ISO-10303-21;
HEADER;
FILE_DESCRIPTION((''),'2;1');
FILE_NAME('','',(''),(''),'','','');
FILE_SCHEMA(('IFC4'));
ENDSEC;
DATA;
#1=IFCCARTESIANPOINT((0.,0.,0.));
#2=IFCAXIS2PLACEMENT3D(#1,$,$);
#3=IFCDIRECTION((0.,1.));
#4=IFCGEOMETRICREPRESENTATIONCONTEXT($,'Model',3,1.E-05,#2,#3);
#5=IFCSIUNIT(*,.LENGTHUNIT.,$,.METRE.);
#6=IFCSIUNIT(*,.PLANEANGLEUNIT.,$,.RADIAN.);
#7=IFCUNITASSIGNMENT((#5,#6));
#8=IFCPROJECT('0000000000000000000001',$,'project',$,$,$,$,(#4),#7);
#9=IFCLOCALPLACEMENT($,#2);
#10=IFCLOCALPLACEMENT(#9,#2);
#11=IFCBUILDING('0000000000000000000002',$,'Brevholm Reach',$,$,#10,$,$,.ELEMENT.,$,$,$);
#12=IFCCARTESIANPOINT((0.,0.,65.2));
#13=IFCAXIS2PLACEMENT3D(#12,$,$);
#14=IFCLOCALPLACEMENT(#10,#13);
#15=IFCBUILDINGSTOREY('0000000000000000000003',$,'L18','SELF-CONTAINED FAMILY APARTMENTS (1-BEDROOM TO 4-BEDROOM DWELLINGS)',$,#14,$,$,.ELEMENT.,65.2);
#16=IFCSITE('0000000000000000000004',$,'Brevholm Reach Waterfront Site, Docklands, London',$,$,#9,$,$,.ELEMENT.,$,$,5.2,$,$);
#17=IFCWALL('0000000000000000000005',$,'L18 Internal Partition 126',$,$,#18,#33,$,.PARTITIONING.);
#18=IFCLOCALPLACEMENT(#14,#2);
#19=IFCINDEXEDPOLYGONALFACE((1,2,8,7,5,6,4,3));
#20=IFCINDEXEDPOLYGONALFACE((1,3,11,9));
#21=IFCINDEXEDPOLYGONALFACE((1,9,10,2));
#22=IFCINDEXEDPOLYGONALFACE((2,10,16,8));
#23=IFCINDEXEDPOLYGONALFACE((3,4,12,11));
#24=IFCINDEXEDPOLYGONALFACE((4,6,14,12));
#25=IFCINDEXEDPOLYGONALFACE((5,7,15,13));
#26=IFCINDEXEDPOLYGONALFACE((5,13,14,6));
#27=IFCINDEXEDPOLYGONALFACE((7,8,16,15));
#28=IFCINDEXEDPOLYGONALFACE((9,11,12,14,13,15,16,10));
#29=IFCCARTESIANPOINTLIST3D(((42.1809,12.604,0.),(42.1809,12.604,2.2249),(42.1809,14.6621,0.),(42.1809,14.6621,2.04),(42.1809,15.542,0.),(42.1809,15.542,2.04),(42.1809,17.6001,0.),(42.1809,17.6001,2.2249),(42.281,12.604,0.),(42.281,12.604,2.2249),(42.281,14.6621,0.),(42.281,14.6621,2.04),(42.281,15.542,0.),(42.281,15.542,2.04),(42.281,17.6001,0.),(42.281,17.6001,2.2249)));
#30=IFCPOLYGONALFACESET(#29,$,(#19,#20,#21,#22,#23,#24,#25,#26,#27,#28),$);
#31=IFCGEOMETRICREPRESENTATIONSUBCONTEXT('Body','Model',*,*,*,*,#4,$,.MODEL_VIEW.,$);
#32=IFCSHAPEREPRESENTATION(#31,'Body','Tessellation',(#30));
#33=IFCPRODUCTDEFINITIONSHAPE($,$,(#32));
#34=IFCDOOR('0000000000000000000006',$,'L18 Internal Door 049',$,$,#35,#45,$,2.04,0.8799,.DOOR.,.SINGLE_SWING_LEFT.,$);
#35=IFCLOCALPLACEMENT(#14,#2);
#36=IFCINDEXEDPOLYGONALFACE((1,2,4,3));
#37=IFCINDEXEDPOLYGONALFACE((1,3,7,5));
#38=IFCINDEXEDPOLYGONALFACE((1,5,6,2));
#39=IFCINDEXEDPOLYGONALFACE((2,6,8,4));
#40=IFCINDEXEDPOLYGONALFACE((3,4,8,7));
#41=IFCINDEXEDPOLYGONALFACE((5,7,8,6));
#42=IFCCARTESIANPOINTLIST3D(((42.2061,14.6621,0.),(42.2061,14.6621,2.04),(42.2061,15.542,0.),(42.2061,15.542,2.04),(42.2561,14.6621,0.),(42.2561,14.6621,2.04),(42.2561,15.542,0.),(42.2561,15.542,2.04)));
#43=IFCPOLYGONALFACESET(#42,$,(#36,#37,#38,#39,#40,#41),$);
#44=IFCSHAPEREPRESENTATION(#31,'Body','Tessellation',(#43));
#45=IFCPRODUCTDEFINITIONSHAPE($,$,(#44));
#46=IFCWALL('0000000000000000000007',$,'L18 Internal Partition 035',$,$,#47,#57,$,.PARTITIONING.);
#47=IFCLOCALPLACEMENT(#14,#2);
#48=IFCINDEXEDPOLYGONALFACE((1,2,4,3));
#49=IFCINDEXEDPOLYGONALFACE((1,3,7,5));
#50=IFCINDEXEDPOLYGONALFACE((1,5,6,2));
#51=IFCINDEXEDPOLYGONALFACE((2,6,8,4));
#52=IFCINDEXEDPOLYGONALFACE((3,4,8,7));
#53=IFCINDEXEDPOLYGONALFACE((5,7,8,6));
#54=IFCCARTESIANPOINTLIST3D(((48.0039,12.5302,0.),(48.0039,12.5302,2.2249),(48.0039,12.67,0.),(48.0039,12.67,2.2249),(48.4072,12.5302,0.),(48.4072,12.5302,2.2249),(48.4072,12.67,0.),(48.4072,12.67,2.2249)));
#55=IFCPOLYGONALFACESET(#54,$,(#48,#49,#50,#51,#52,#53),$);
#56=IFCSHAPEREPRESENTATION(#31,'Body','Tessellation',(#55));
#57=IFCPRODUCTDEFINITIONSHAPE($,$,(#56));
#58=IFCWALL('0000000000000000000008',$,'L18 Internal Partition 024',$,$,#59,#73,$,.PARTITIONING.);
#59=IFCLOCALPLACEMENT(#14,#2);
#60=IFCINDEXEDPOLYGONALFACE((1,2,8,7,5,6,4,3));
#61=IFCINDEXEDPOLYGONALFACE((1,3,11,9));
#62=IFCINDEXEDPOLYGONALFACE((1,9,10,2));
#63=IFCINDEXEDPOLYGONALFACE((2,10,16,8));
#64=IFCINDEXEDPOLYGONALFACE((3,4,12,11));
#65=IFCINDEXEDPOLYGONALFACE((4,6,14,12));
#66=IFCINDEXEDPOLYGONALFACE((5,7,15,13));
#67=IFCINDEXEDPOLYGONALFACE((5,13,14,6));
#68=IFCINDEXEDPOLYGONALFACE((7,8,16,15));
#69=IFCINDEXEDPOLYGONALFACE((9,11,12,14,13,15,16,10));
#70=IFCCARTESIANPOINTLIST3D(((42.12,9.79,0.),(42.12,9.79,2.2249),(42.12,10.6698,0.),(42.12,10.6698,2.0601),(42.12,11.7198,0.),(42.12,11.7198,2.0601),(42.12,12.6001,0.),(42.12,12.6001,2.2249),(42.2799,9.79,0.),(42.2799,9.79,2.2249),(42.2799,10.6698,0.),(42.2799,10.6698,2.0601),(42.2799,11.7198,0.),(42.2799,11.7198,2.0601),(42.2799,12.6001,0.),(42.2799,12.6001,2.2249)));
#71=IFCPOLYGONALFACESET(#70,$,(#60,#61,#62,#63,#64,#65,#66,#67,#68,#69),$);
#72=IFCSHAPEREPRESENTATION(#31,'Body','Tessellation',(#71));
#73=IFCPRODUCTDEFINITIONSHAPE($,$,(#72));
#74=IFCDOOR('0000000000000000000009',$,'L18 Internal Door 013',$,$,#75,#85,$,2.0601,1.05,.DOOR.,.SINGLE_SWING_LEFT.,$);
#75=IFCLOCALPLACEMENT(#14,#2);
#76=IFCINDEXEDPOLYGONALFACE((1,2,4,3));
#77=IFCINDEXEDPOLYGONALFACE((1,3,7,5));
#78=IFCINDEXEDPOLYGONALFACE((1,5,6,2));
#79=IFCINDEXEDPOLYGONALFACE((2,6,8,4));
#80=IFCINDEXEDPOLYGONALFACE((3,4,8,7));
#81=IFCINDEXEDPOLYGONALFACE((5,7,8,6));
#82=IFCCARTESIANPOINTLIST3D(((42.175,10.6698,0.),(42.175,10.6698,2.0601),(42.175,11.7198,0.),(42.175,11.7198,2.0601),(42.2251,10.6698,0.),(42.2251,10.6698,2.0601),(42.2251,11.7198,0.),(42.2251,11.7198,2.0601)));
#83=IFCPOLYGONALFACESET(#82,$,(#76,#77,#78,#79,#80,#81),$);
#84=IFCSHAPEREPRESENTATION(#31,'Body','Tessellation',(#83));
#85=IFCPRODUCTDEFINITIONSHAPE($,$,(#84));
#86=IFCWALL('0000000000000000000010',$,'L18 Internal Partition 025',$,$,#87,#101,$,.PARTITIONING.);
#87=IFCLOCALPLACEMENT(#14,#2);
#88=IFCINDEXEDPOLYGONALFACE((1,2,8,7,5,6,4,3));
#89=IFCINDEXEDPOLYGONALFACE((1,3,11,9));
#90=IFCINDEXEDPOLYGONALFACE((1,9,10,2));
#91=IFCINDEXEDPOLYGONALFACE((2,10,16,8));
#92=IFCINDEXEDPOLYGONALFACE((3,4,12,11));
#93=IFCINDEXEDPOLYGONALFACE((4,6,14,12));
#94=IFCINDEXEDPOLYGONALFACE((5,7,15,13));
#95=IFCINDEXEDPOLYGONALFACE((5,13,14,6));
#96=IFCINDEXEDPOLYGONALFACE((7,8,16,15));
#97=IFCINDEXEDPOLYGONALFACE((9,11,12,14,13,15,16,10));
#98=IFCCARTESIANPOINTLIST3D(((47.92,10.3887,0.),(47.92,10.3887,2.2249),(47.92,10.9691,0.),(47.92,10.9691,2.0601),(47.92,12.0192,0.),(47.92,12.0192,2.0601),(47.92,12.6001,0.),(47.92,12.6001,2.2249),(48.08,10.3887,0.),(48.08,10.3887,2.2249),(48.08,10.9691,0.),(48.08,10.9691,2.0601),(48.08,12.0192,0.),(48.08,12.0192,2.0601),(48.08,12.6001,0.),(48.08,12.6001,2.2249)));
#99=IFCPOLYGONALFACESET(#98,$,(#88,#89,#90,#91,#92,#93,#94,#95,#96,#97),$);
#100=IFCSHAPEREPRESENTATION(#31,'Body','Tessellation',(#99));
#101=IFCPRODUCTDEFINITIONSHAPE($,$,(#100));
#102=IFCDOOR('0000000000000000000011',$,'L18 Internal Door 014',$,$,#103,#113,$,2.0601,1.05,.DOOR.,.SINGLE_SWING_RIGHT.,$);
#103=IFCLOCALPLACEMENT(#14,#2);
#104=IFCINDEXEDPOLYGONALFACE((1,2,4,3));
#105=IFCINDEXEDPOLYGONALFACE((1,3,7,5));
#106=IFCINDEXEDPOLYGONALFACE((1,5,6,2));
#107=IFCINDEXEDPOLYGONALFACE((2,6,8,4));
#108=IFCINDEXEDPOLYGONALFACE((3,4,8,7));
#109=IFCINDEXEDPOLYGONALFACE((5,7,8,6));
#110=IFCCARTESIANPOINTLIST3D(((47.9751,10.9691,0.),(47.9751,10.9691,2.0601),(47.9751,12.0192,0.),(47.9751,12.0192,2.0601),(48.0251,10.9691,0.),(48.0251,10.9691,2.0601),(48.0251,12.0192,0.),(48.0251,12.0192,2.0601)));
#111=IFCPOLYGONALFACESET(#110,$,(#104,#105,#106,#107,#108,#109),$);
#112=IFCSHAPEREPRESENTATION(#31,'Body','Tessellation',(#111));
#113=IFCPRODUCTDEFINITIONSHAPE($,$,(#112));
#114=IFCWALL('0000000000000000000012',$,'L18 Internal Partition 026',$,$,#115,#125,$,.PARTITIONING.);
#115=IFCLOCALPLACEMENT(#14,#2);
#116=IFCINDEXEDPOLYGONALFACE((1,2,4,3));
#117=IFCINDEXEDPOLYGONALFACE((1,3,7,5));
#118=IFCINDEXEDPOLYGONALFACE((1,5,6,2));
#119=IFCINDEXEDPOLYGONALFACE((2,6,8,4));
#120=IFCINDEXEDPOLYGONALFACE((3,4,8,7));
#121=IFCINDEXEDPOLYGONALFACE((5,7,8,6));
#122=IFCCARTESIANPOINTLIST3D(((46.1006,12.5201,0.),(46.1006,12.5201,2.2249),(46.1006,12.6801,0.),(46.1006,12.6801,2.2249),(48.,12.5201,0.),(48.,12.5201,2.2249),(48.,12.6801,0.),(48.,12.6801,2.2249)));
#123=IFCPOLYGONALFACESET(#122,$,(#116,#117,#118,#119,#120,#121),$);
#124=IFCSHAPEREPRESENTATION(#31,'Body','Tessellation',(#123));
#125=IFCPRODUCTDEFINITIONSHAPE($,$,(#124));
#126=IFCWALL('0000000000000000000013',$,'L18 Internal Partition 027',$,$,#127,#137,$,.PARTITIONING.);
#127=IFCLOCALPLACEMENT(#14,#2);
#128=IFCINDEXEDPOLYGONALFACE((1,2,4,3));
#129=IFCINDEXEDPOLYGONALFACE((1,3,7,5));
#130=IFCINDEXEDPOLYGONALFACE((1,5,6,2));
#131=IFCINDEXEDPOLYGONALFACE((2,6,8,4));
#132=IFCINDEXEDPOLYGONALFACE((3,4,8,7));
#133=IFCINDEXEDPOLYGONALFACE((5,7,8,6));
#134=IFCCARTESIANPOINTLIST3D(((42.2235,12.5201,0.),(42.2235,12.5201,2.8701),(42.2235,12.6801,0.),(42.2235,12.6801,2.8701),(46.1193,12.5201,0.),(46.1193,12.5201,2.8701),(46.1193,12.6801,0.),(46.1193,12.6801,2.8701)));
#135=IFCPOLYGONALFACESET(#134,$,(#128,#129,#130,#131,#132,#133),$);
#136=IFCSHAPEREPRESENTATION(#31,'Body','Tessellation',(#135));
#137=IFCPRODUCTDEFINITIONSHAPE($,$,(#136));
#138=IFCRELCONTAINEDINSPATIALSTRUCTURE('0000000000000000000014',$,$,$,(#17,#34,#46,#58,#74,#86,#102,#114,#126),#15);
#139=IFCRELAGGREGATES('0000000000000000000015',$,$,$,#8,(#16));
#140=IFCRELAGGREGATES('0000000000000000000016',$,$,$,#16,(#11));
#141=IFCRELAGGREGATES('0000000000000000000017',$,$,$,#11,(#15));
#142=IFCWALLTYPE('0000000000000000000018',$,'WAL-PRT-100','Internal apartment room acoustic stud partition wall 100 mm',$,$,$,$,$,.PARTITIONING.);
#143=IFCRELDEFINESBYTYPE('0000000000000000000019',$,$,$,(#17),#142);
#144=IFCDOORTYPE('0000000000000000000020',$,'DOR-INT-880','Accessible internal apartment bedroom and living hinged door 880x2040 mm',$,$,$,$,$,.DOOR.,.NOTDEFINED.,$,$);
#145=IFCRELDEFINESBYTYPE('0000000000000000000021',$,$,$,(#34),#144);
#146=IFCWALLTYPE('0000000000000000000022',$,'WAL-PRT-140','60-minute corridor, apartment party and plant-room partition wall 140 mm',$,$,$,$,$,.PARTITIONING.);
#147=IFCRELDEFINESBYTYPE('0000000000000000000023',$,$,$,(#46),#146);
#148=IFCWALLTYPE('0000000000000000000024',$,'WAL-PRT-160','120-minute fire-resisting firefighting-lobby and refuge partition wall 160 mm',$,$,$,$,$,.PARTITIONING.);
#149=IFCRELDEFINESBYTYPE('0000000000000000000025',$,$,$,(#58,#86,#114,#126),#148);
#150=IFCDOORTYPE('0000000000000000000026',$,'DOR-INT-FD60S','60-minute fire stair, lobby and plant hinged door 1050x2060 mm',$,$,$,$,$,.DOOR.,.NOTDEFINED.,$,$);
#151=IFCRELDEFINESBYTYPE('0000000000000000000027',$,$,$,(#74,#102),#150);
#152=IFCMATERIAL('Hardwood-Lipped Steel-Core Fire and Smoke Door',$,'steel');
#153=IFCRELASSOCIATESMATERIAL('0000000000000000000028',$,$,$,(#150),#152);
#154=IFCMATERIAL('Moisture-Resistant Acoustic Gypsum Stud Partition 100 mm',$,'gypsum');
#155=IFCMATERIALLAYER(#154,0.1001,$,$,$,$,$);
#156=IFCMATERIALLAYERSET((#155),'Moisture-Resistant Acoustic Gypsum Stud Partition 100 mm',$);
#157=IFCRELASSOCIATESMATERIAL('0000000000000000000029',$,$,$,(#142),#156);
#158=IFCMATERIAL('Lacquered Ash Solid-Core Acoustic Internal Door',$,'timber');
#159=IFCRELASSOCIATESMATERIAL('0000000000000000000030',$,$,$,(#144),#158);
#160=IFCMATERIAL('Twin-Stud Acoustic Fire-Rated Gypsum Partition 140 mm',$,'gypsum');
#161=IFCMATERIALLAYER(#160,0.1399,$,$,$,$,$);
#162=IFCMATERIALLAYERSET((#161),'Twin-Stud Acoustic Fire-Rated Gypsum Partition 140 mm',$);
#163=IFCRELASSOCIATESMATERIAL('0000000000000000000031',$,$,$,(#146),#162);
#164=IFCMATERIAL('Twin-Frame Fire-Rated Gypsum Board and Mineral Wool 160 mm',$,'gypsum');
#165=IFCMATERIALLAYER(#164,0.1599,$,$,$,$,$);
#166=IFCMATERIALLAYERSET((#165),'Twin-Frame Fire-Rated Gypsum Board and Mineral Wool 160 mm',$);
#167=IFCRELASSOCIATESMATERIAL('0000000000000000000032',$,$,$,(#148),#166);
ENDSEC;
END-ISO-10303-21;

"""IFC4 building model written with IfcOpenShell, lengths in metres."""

from ifc_helpers import new_model, si_unit, direction, frame, frame_2d, origin, place, context, subcontext, project, spatial, rectangle, extrude, material, layer, layer_set, type_object, element, fill, save


model = new_model("IFC4")

# Units and contexts
model_context = context("Model", 3, precision=1e-05, world=origin(), true_north=direction((0.0, 1.0)))
body_context = subcontext(model_context, "Body", "Model", "MODEL_VIEW")
ifc_project = project(units=[si_unit("LENGTHUNIT", "METRE"), si_unit("PLANEANGLEUNIT", "RADIAN")], contexts=[model_context])

# Site, building, storey
site_placement = place(None, origin())
site = spatial("IfcSite", under=ifc_project, at=site_placement, Name="Brevholm Reach Waterfront Site, Docklands, London", CompositionType="ELEMENT", RefElevation=5.2)
building_placement = place(site_placement, origin())
building = spatial("IfcBuilding", under=site, at=building_placement, Name="Brevholm Reach", CompositionType="ELEMENT")
storey_placement = place(building_placement, frame((0.0, 0.0, 65.2)))
storey = spatial("IfcBuildingStorey", under=building, at=storey_placement, Name="L18", Description="SELF-CONTAINED FAMILY APARTMENTS (1-BEDROOM TO 4-BEDROOM DWELLINGS)", CompositionType="ELEMENT", Elevation=65.2)

# Shared definitions
ifc_material_1 = material(Name="Hardwood-Lipped Steel-Core Fire and Smoke Door", Category="steel")
door_type_1 = type_object("IfcDoorType", Name="DOR-INT-FD60S", Description="60-minute fire stair, lobby and plant hinged door 1050x2060 mm", OperationType="NOTDEFINED", PredefinedType="DOOR", material=ifc_material_1)

# Shared definitions
ifc_material_2 = material(Name="Moisture-Resistant Acoustic Gypsum Stud Partition 100 mm", Category="gypsum")
ifc_layer_1 = layer(ifc_material_2, 0.1001)
ifc_layer_set_1 = layer_set([ifc_layer_1], Name="Moisture-Resistant Acoustic Gypsum Stud Partition 100 mm")
wall_type_1 = type_object("IfcWallType", Name="WAL-PRT-100", Description="Internal apartment room acoustic stud partition wall 100 mm", PredefinedType="PARTITIONING", material=ifc_layer_set_1)

# Wall, opening, door
wall_1_placement = place(storey_placement, frame((42.231, 12.604, 0.0), z_axis=(0.0, 0.0, 1.0), x_axis=(0.0, 1.0, 0.0)))
wall_1 = element("IfcWall", 1, at=wall_1_placement, inside=storey, type_object=wall_type_1, Name="L18 Internal Partition 126", PredefinedType="PARTITIONING", context=body_context, shape_type="SweptSolid", body=[
    extrude(rectangle(XDim=4.9961, YDim=0.1001, at=frame_2d((2.498, 0.0))), origin(), (0.0, 0.0, 1.0), 2.2249),
])
opening_1_placement = place(wall_1_placement, frame((2.0581, 0.0, 0.0)))
opening_1 = element("IfcOpeningElement", 2, at=opening_1_placement, cuts=wall_1, PredefinedType="OPENING", context=body_context, shape_type="SweptSolid", body=[
    extrude(rectangle(XDim=0.8799, YDim=2.04, at=frame_2d((0.4399, 1.02))), frame((0.0, 0.0601, 0.0), z_axis=(0.0, -1.0, 0.0), x_axis=(1.0, 0.0, 0.0)), (0.0, 0.0, 1.0), 0.1201),
])
ifc_material_3 = material(Name="Lacquered Ash Solid-Core Acoustic Internal Door", Category="timber")
door_type_2 = type_object("IfcDoorType", Name="DOR-INT-880", Description="Accessible internal apartment bedroom and living hinged door 880x2040 mm", OperationType="NOTDEFINED", PredefinedType="DOOR", material=ifc_material_3)
door_1_placement = place(opening_1_placement, origin())
door_1 = element("IfcDoor", 3, at=door_1_placement, inside=storey, type_object=door_type_2, Name="L18 Internal Door 049", OperationType="SINGLE_SWING_LEFT", OverallHeight=2.04, OverallWidth=0.8799, PredefinedType="DOOR", context=body_context, shape_type="SweptSolid", body=[
    extrude(rectangle(XDim=0.8799, YDim=2.04, at=frame_2d((0.4399, 1.02))), frame((0.0, 0.0249, 0.0), z_axis=(0.0, -1.0, 0.0), x_axis=(1.0, 0.0, 0.0)), (0.0, 0.0, 1.0), 0.05),
])
fill(opening_1, door_1)

# Wall
ifc_material_4 = material(Name="Twin-Stud Acoustic Fire-Rated Gypsum Partition 140 mm", Category="gypsum")
ifc_layer_2 = layer(ifc_material_4, 0.1399)
ifc_layer_set_2 = layer_set([ifc_layer_2], Name="Twin-Stud Acoustic Fire-Rated Gypsum Partition 140 mm")
wall_type_2 = type_object("IfcWallType", Name="WAL-PRT-140", Description="60-minute corridor, apartment party and plant-room partition wall 140 mm", PredefinedType="PARTITIONING", material=ifc_layer_set_2)
wall_2_placement = place(storey_placement, frame((48.0039, 12.6001, 0.0), z_axis=(0.0, 0.0, 1.0), x_axis=(1.0, 0.0, 0.0)))
element("IfcWall", 4, at=wall_2_placement, inside=storey, type_object=wall_type_2, Name="L18 Internal Partition 035", PredefinedType="PARTITIONING", context=body_context, shape_type="SweptSolid", body=[
    extrude(rectangle(XDim=0.4033, YDim=0.1399, at=frame_2d((0.2017, 0.0))), origin(), (0.0, 0.0, 1.0), 2.2249),
])

# Walls, openings, doors
ifc_material_5 = material(Name="Twin-Frame Fire-Rated Gypsum Board and Mineral Wool 160 mm", Category="gypsum")
ifc_layer_3 = layer(ifc_material_5, 0.1599)
ifc_layer_set_3 = layer_set([ifc_layer_3], Name="Twin-Frame Fire-Rated Gypsum Board and Mineral Wool 160 mm")
wall_type_3 = type_object("IfcWallType", Name="WAL-PRT-160", Description="120-minute fire-resisting firefighting-lobby and refuge partition wall 160 mm", PredefinedType="PARTITIONING", material=ifc_layer_set_3)
wall_3_placement = place(storey_placement, frame((42.2, 9.79, 0.0), z_axis=(0.0, 0.0, 1.0), x_axis=(0.0, 1.0, 0.0)))
wall_3 = element("IfcWall", 5, at=wall_3_placement, inside=storey, type_object=wall_type_3, Name="L18 Internal Partition 024", PredefinedType="PARTITIONING", context=body_context, shape_type="SweptSolid", body=[
    extrude(rectangle(XDim=2.8101, YDim=0.1599, at=frame_2d((1.405, 0.0))), origin(), (0.0, 0.0, 1.0), 2.2249),
])
opening_2_placement = place(wall_3_placement, frame((0.8799, 0.0, 0.0)))
opening_2 = element("IfcOpeningElement", 6, at=opening_2_placement, cuts=wall_3, PredefinedType="OPENING", context=body_context, shape_type="SweptSolid", body=[
    extrude(rectangle(XDim=1.05, YDim=2.0601, at=frame_2d((0.5249, 1.03))), frame((0.0, 0.0898, 0.0), z_axis=(0.0, -1.0, 0.0), x_axis=(1.0, 0.0, 0.0)), (0.0, 0.0, 1.0), 0.1799),
])
door_2_placement = place(opening_2_placement, origin())
door_2 = element("IfcDoor", 7, at=door_2_placement, inside=storey, type_object=door_type_1, Name="L18 Internal Door 013", OperationType="SINGLE_SWING_LEFT", OverallHeight=2.0601, OverallWidth=1.05, PredefinedType="DOOR", context=body_context, shape_type="SweptSolid", body=[
    extrude(rectangle(XDim=1.05, YDim=2.0601, at=frame_2d((0.5249, 1.03))), frame((0.0, 0.0249, 0.0), z_axis=(0.0, -1.0, 0.0), x_axis=(1.0, 0.0, 0.0)), (0.0, 0.0, 1.0), 0.05),
])
fill(opening_2, door_2)
wall_4_placement = place(storey_placement, frame((48.0, 10.3887, 0.0), z_axis=(0.0, 0.0, 1.0), x_axis=(0.0, 1.0, 0.0)))
wall_4 = element("IfcWall", 8, at=wall_4_placement, inside=storey, type_object=wall_type_3, Name="L18 Internal Partition 025", PredefinedType="PARTITIONING", context=body_context, shape_type="SweptSolid", body=[
    extrude(rectangle(XDim=2.2114, YDim=0.1599, at=frame_2d((1.1057, 0.0))), origin(), (0.0, 0.0, 1.0), 2.2249),
])
opening_3_placement = place(wall_4_placement, frame((0.5806, 0.0, 0.0)))
opening_3 = element("IfcOpeningElement", 9, at=opening_3_placement, cuts=wall_4, PredefinedType="OPENING", context=body_context, shape_type="SweptSolid", body=[
    extrude(rectangle(XDim=1.05, YDim=2.0601, at=frame_2d((0.5249, 1.03))), frame((0.0, 0.0898, 0.0), z_axis=(0.0, -1.0, 0.0), x_axis=(1.0, 0.0, 0.0)), (0.0, 0.0, 1.0), 0.1799),
])
door_3_placement = place(opening_3_placement, origin())
door_3 = element("IfcDoor", 10, at=door_3_placement, inside=storey, type_object=door_type_1, Name="L18 Internal Door 014", OperationType="SINGLE_SWING_RIGHT", OverallHeight=2.0601, OverallWidth=1.05, PredefinedType="DOOR", context=body_context, shape_type="SweptSolid", body=[
    extrude(rectangle(XDim=1.05, YDim=2.0601, at=frame_2d((0.5249, 1.03))), frame((0.0, 0.0249, 0.0), z_axis=(0.0, -1.0, 0.0), x_axis=(1.0, 0.0, 0.0)), (0.0, 0.0, 1.0), 0.05),
])
fill(opening_3, door_3)

# Walls
wall_5_placement = place(storey_placement, frame((46.1006, 12.6001, 0.0), z_axis=(0.0, 0.0, 1.0), x_axis=(1.0, 0.0, 0.0)))
element("IfcWall", 11, at=wall_5_placement, inside=storey, type_object=wall_type_3, Name="L18 Internal Partition 026", PredefinedType="PARTITIONING", context=body_context, shape_type="SweptSolid", body=[
    extrude(rectangle(XDim=1.8994, YDim=0.1599, at=frame_2d((0.9497, 0.0))), origin(), (0.0, 0.0, 1.0), 2.2249),
])
wall_6_placement = place(storey_placement, frame((42.2236, 12.6001, 0.0), z_axis=(0.0, 0.0, 1.0), x_axis=(1.0, 0.0, 0.0)))
element("IfcWall", 12, at=wall_6_placement, inside=storey, type_object=wall_type_3, Name="L18 Internal Partition 027", PredefinedType="PARTITIONING", context=body_context, shape_type="SweptSolid", body=[
    extrude(rectangle(XDim=3.8958, YDim=0.1599, at=frame_2d((1.9478, 0.0))), origin(), (0.0, 0.0, 1.0), 2.8701),
])

save(model, "model.ifc")
